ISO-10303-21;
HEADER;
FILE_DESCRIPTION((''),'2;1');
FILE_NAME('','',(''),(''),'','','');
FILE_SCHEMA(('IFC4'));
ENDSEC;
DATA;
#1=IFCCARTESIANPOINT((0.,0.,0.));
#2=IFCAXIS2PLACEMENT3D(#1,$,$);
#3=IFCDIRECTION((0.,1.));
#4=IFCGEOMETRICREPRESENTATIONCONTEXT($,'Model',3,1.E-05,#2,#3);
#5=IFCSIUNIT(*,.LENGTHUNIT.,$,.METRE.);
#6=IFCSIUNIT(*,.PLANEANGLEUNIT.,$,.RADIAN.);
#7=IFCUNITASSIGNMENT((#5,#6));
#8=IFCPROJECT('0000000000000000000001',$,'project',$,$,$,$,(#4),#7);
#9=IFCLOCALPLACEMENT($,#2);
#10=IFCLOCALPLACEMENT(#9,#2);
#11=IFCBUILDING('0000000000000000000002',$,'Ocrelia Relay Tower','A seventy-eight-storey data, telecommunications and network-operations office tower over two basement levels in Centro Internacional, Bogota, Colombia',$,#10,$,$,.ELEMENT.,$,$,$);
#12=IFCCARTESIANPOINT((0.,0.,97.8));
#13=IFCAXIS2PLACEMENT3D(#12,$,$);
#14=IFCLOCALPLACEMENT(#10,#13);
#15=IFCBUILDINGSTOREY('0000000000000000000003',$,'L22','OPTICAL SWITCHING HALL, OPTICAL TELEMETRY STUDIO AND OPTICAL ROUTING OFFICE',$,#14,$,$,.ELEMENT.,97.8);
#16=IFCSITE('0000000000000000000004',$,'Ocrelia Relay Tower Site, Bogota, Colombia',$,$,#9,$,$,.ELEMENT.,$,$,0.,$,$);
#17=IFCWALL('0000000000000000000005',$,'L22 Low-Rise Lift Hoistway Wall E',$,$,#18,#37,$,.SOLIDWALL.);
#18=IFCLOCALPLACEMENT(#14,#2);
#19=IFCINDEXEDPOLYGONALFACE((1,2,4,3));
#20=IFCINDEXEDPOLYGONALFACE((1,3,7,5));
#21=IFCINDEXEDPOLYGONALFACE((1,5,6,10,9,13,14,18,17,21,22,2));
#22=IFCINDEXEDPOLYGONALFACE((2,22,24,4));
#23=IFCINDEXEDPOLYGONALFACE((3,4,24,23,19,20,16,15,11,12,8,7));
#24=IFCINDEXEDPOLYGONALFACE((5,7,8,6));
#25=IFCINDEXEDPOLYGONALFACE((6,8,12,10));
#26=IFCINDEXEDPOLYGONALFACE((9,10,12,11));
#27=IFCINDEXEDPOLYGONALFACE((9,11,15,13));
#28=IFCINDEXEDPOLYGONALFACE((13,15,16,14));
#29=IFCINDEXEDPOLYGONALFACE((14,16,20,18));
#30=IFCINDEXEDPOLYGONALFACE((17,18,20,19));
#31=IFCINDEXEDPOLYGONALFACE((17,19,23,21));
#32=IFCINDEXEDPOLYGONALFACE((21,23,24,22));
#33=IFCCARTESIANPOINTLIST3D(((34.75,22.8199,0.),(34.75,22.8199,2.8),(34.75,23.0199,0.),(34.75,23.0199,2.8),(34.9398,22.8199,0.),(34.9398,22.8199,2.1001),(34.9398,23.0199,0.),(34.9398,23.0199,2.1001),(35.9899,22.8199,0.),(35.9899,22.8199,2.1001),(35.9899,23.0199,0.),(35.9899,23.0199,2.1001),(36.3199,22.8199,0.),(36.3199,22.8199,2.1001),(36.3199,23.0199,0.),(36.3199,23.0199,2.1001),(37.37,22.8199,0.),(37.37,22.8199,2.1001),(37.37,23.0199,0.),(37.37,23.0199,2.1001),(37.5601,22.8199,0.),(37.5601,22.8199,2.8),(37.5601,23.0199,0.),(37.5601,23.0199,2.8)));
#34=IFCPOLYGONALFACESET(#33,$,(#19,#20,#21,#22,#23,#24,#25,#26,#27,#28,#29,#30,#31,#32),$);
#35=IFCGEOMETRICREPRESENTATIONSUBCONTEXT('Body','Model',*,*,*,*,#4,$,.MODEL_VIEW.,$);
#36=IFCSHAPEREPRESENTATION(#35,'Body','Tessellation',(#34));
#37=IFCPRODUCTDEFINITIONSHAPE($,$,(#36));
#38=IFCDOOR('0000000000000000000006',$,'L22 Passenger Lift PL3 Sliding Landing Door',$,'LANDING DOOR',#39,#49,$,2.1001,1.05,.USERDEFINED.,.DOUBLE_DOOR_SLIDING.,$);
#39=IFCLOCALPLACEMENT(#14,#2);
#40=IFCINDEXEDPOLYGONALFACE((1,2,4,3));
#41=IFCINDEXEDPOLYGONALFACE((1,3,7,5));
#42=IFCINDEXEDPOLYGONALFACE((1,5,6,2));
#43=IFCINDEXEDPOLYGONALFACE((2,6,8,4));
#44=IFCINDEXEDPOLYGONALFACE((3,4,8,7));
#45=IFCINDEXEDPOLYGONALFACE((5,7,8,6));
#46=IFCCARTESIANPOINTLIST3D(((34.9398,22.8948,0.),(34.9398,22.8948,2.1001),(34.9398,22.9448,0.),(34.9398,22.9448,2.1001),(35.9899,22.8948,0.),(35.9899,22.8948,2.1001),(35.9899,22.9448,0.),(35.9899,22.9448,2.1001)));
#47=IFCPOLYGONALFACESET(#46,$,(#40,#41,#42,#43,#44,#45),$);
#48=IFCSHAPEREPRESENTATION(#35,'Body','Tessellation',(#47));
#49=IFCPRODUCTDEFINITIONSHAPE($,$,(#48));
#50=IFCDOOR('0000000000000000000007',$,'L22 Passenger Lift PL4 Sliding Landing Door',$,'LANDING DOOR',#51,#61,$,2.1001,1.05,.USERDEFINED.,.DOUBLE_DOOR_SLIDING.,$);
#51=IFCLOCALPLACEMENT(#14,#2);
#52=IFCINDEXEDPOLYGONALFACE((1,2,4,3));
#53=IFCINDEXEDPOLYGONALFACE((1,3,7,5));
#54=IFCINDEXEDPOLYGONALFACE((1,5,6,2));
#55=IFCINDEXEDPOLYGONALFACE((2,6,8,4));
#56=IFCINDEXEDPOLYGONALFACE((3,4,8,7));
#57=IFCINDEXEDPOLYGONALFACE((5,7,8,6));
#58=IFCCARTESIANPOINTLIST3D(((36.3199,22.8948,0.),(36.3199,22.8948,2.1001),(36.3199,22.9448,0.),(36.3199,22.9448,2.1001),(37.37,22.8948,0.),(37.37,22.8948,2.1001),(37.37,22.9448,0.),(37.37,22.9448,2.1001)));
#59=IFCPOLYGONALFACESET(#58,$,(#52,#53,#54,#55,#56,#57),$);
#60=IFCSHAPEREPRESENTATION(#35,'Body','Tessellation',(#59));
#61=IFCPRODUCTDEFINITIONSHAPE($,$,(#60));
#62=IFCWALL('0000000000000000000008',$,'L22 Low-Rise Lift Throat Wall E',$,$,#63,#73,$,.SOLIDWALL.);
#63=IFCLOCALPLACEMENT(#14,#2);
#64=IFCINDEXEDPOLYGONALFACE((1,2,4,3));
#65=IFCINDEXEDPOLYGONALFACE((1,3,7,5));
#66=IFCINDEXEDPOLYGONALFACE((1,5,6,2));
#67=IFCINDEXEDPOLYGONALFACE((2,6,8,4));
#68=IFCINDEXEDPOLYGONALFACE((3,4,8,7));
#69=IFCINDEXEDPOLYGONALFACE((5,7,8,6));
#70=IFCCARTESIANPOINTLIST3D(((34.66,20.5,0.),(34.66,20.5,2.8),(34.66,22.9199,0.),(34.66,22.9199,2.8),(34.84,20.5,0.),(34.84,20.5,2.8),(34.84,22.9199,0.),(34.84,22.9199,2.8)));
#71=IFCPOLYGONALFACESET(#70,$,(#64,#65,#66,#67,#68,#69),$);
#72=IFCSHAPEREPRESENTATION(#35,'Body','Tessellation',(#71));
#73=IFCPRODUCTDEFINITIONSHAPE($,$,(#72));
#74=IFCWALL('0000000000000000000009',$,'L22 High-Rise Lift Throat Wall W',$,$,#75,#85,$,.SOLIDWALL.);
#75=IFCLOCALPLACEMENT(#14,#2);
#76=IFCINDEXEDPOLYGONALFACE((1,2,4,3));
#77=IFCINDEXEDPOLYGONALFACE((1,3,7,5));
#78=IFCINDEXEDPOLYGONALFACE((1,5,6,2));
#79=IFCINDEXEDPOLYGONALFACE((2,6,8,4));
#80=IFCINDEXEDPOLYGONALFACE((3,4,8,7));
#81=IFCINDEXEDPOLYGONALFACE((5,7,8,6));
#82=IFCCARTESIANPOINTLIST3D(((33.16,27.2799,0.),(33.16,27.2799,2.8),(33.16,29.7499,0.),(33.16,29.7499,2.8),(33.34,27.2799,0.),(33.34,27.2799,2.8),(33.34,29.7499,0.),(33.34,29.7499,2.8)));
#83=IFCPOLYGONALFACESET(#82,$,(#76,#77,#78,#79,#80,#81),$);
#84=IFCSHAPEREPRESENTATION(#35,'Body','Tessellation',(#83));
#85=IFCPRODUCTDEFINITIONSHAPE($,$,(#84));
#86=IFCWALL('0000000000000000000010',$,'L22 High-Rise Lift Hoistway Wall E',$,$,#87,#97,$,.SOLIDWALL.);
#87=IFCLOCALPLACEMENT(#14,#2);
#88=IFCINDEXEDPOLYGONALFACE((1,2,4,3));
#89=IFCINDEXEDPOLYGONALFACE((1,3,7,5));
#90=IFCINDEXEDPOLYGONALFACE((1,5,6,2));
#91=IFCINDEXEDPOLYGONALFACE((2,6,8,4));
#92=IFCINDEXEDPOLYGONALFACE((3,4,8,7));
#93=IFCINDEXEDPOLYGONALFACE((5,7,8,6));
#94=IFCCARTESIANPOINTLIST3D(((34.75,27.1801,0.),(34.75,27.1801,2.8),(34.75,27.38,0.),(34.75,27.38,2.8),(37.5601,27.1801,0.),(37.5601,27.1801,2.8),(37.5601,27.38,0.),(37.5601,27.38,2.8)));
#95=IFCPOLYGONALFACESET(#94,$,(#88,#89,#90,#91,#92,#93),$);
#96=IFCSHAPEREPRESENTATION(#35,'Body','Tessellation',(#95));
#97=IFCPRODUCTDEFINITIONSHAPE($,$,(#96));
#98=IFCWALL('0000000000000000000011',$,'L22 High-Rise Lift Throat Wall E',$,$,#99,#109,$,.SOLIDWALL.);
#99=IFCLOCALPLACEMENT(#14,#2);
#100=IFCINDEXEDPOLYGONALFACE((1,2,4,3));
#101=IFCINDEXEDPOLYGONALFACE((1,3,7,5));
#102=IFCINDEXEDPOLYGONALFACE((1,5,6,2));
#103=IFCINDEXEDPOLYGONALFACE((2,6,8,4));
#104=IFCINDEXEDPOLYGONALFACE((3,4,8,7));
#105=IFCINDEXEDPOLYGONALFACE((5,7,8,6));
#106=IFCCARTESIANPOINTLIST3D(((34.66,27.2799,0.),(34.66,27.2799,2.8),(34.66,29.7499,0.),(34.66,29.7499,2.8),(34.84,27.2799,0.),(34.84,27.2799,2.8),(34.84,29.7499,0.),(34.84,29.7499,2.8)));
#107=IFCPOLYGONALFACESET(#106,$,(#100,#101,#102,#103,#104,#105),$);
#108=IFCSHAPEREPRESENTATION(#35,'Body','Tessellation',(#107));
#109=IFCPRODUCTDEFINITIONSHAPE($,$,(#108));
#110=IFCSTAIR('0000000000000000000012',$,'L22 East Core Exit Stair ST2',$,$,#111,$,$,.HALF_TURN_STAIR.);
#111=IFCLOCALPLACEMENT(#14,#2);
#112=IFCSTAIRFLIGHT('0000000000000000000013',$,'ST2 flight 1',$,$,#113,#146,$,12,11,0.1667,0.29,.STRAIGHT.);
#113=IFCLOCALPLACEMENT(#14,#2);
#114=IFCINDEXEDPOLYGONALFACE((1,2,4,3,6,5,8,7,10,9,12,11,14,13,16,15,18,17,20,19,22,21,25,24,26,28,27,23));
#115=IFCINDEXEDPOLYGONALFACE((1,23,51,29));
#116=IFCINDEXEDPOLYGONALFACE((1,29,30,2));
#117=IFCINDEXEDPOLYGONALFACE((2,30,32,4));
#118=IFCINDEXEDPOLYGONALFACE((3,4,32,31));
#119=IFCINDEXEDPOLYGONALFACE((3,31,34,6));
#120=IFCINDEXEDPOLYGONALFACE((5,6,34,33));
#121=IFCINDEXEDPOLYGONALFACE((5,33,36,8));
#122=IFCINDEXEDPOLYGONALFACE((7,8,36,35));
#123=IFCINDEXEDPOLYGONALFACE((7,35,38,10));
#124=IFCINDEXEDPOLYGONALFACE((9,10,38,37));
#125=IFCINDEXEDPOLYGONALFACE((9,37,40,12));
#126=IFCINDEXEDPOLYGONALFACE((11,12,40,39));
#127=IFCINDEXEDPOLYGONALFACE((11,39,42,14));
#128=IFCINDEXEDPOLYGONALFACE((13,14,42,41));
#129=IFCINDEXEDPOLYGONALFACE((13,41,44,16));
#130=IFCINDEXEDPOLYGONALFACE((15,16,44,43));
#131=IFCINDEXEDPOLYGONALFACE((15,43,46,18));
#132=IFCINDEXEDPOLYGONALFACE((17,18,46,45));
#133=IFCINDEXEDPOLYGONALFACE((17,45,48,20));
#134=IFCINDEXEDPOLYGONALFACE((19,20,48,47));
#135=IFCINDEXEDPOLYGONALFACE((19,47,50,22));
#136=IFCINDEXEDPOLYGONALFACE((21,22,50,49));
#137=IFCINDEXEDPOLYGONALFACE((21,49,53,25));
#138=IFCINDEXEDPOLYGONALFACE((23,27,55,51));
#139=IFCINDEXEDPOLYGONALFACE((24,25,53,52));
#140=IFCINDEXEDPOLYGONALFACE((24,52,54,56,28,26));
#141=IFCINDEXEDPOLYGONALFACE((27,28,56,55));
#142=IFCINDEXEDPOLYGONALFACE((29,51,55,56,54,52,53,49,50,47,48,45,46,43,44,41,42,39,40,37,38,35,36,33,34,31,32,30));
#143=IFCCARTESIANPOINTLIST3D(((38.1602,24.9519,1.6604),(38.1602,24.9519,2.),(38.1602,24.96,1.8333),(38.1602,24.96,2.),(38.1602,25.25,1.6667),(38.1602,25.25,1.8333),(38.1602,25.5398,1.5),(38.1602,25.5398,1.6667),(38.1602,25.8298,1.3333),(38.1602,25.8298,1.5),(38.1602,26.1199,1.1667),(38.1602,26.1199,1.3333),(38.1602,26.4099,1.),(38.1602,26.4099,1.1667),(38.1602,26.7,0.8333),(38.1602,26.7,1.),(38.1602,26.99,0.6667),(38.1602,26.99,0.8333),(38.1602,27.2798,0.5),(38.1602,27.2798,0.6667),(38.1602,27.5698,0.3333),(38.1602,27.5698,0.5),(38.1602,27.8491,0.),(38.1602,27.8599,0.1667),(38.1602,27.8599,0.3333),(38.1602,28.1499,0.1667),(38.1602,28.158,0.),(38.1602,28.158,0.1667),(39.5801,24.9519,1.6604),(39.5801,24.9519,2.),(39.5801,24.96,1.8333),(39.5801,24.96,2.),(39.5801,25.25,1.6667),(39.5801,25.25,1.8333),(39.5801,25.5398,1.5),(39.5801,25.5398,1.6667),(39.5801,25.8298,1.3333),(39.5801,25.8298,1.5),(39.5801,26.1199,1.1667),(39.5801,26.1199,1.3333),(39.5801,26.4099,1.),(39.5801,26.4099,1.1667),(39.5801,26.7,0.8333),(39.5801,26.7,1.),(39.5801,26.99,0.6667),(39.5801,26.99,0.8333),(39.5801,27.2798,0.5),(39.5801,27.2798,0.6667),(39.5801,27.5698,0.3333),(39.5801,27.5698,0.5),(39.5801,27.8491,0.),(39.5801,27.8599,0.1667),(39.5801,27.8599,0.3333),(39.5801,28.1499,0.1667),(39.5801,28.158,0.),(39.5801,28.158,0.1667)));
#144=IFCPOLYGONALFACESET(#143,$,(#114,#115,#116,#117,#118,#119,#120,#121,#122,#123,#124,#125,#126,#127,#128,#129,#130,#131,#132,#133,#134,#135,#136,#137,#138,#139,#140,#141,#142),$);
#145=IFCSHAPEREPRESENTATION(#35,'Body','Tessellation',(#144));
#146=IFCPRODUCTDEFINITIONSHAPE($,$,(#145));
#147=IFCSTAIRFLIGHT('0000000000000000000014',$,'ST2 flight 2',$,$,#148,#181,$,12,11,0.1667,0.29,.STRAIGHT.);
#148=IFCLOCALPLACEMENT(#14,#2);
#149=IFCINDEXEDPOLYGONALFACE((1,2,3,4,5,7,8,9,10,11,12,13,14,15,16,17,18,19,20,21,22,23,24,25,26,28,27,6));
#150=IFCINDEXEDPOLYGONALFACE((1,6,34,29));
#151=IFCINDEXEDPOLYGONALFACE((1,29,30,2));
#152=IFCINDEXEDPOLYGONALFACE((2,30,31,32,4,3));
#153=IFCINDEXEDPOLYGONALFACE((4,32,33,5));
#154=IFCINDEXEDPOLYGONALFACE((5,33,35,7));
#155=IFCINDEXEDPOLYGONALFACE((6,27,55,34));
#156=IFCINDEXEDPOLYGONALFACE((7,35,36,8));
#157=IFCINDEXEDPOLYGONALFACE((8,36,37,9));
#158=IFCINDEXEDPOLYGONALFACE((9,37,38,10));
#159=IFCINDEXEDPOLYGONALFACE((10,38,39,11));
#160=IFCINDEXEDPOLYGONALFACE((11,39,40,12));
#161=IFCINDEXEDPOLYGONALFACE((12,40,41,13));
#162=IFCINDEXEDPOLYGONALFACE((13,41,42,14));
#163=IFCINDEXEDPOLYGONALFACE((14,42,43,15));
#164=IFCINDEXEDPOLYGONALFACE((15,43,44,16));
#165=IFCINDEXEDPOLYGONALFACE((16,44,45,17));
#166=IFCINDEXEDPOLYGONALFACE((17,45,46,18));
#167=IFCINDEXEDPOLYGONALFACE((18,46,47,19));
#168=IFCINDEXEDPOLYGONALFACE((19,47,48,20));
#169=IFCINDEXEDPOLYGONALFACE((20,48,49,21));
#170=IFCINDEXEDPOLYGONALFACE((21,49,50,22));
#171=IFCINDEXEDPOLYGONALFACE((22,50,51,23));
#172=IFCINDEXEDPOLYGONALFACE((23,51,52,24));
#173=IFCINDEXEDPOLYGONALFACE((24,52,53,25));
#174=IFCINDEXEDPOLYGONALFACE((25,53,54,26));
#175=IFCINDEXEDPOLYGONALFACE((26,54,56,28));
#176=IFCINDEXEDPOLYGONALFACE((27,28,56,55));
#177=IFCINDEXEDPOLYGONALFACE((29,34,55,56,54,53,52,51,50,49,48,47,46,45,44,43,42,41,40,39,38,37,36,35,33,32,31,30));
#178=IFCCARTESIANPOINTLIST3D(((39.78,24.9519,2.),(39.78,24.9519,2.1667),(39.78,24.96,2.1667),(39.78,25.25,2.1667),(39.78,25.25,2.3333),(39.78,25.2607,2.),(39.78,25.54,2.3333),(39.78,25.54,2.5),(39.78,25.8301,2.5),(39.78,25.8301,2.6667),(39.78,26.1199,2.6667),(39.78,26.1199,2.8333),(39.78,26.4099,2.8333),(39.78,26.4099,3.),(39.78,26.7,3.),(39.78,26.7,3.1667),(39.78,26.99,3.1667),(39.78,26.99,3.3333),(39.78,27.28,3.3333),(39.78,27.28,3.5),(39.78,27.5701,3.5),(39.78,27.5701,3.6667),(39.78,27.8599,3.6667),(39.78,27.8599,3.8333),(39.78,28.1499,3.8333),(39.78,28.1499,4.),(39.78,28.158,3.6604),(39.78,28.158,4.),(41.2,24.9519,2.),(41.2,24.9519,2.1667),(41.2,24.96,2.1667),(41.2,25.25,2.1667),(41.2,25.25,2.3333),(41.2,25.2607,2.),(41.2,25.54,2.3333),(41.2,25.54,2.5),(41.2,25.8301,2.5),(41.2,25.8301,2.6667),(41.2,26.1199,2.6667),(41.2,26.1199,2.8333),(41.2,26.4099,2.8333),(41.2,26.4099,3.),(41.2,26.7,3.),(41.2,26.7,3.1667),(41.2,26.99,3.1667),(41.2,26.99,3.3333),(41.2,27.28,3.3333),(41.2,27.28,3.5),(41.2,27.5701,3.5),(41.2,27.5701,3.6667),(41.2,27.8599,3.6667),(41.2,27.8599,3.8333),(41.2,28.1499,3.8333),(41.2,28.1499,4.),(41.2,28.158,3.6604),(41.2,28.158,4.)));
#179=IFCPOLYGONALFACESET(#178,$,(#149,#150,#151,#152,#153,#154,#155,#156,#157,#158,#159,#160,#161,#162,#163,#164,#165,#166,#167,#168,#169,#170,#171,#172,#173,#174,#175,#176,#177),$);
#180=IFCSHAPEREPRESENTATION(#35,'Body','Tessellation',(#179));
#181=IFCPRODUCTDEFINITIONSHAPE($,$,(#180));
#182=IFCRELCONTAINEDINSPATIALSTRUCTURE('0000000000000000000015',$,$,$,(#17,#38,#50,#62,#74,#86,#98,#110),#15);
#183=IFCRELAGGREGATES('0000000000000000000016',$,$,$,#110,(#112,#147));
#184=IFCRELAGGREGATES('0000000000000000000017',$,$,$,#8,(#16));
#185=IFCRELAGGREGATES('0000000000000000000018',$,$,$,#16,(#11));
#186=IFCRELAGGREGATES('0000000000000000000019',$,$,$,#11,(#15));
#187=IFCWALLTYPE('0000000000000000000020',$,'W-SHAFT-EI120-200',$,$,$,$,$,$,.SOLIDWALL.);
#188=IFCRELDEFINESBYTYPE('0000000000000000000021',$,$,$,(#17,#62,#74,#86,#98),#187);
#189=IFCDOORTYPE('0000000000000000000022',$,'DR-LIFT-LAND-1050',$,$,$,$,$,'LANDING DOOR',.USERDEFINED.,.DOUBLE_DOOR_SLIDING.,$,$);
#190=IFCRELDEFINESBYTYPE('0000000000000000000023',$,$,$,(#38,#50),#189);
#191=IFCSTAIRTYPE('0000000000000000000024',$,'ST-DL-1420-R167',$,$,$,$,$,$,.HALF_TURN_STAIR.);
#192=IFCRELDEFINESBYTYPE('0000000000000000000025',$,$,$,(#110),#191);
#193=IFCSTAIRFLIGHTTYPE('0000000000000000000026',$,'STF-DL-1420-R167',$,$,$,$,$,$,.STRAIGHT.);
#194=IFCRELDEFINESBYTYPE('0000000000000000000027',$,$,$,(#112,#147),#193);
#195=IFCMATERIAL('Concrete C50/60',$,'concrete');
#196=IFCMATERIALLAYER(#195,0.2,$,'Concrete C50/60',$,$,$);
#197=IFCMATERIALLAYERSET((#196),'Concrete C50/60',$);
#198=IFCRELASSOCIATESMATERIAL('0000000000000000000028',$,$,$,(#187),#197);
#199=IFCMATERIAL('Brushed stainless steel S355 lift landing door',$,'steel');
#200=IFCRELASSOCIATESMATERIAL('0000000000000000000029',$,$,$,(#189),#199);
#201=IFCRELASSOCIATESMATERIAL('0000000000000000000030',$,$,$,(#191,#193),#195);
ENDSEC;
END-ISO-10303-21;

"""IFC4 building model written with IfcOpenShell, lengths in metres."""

from ifc_helpers import new_model, si_unit, direction, frame, frame_2d, origin, place, context, subcontext, project, spatial, polyline, rectangle, outline, extrude, material, layer, layer_set, type_object, element, fill, aggregate, save


model = new_model("IFC4")

# Units and contexts
model_context = context("Model", 3, precision=1e-05, world=origin(), true_north=direction((0.0, 1.0)))
body_context = subcontext(model_context, "Body", "Model", "MODEL_VIEW")
ifc_project = project(units=[si_unit("LENGTHUNIT", "METRE"), si_unit("PLANEANGLEUNIT", "RADIAN")], contexts=[model_context])

# Site, building, storey
site_placement = place(None, origin())
site = spatial("IfcSite", under=ifc_project, at=site_placement, Name="Ocrelia Relay Tower Site, Bogota, Colombia", CompositionType="ELEMENT", RefElevation=0.0)
building_placement = place(site_placement, origin())
building = spatial("IfcBuilding", under=site, at=building_placement, Name="Ocrelia Relay Tower", Description="A seventy-eight-storey data, telecommunications and network-operations office tower over two basement levels in Centro Internacional, Bogota, Colombia", CompositionType="ELEMENT")
storey_placement = place(building_placement, frame((0.0, 0.0, 97.8)))
storey = spatial("IfcBuildingStorey", under=building, at=storey_placement, Name="L22", Description="OPTICAL SWITCHING HALL, OPTICAL TELEMETRY STUDIO AND OPTICAL ROUTING OFFICE", CompositionType="ELEMENT", Elevation=97.8)

# Shared definitions
ifc_material_1 = material(Name="Concrete C50/60", Category="concrete")
ifc_layer_1 = layer(ifc_material_1, 0.2, Name="Concrete C50/60")
ifc_layer_set_1 = layer_set([ifc_layer_1], Name="Concrete C50/60")
wall_type_1 = type_object("IfcWallType", Name="W-SHAFT-EI120-200", PredefinedType="SOLIDWALL", material=ifc_layer_set_1)

# Wall, openings, doors
wall_1_placement = place(storey_placement, frame((34.75, 22.9199, 0.0), z_axis=(0.0, 0.0, 1.0), x_axis=(1.0, 0.0, 0.0)))
wall_1 = element("IfcWall", 1, at=wall_1_placement, inside=storey, type_object=wall_type_1, Name="L22 Low-Rise Lift Hoistway Wall E", PredefinedType="SOLIDWALL", context=body_context, shape_type="SweptSolid", body=[
    extrude(rectangle(XDim=2.8101, YDim=0.2, at=frame_2d((1.405, 0.0))), origin(), (0.0, 0.0, 1.0), 2.8),
])
opening_1_placement = place(wall_1_placement, frame((0.1899, 0.0, 0.0)))
opening_1 = element("IfcOpeningElement", 2, at=opening_1_placement, cuts=wall_1, PredefinedType="OPENING", context=body_context, shape_type="SweptSolid", body=[
    extrude(rectangle(XDim=1.05, YDim=2.1001, at=frame_2d((0.5249, 1.05))), frame((0.0, 0.1099, 0.0), z_axis=(0.0, -1.0, 0.0), x_axis=(1.0, 0.0, 0.0)), (0.0, 0.0, 1.0), 0.22),
])
opening_2_placement = place(wall_1_placement, frame((1.5701, 0.0, 0.0)))
opening_2 = element("IfcOpeningElement", 3, at=opening_2_placement, cuts=wall_1, PredefinedType="OPENING", context=body_context, shape_type="SweptSolid", body=[
    extrude(rectangle(XDim=1.05, YDim=2.1001, at=frame_2d((0.5249, 1.05))), frame((0.0, 0.1099, 0.0), z_axis=(0.0, -1.0, 0.0), x_axis=(1.0, 0.0, 0.0)), (0.0, 0.0, 1.0), 0.22),
])
ifc_material_2 = material(Name="Brushed stainless steel S355 lift landing door", Category="steel")
door_type = type_object("IfcDoorType", Name="DR-LIFT-LAND-1050", ElementType="LANDING DOOR", OperationType="DOUBLE_DOOR_SLIDING", PredefinedType="USERDEFINED", material=ifc_material_2)
door_1_placement = place(opening_1_placement, origin())
door_1 = element("IfcDoor", 4, at=door_1_placement, inside=storey, type_object=door_type, Name="L22 Passenger Lift PL3 Sliding Landing Door", ObjectType="LANDING DOOR", OperationType="DOUBLE_DOOR_SLIDING", OverallHeight=2.1001, OverallWidth=1.05, PredefinedType="USERDEFINED", context=body_context, shape_type="SweptSolid", body=[
    extrude(rectangle(XDim=1.05, YDim=2.1001, at=frame_2d((0.5249, 1.05))), frame((0.0, 0.0249, 0.0), z_axis=(0.0, -1.0, 0.0), x_axis=(1.0, 0.0, 0.0)), (0.0, 0.0, 1.0), 0.05),
])
fill(opening_1, door_1)
door_2_placement = place(opening_2_placement, origin())
door_2 = element("IfcDoor", 5, at=door_2_placement, inside=storey, type_object=door_type, Name="L22 Passenger Lift PL4 Sliding Landing Door", ObjectType="LANDING DOOR", OperationType="DOUBLE_DOOR_SLIDING", OverallHeight=2.1001, OverallWidth=1.05, PredefinedType="USERDEFINED", context=body_context, shape_type="SweptSolid", body=[
    extrude(rectangle(XDim=1.05, YDim=2.1001, at=frame_2d((0.5249, 1.05))), frame((0.0, 0.0249, 0.0), z_axis=(0.0, -1.0, 0.0), x_axis=(1.0, 0.0, 0.0)), (0.0, 0.0, 1.0), 0.05),
])
fill(opening_2, door_2)

# Walls
wall_2_placement = place(storey_placement, frame((34.75, 20.5, 0.0), z_axis=(0.0, 0.0, 1.0), x_axis=(0.0, 1.0, 0.0)))
element("IfcWall", 6, at=wall_2_placement, inside=storey, type_object=wall_type_1, Name="L22 Low-Rise Lift Throat Wall E", PredefinedType="SOLIDWALL", context=body_context, shape_type="SweptSolid", body=[
    extrude(rectangle(XDim=2.4199, YDim=0.1799, at=frame_2d((1.21, 0.0))), origin(), (0.0, 0.0, 1.0), 2.8),
])
wall_3_placement = place(storey_placement, frame((33.25, 27.28, 0.0), z_axis=(0.0, 0.0, 1.0), x_axis=(0.0, 1.0, 0.0)))
element("IfcWall", 7, at=wall_3_placement, inside=storey, type_object=wall_type_1, Name="L22 High-Rise Lift Throat Wall W", PredefinedType="SOLIDWALL", context=body_context, shape_type="SweptSolid", body=[
    extrude(rectangle(XDim=2.47, YDim=0.1799, at=frame_2d((1.2349, 0.0))), origin(), (0.0, 0.0, 1.0), 2.8),
])
wall_4_placement = place(storey_placement, frame((34.75, 27.28, 0.0), z_axis=(0.0, 0.0, 1.0), x_axis=(1.0, 0.0, 0.0)))
element("IfcWall", 8, at=wall_4_placement, inside=storey, type_object=wall_type_1, Name="L22 High-Rise Lift Hoistway Wall E", PredefinedType="SOLIDWALL", context=body_context, shape_type="SweptSolid", body=[
    extrude(rectangle(XDim=2.8101, YDim=0.2, at=frame_2d((1.405, 0.0))), origin(), (0.0, 0.0, 1.0), 2.8),
])
wall_5_placement = place(storey_placement, frame((34.75, 27.28, 0.0), z_axis=(0.0, 0.0, 1.0), x_axis=(0.0, 1.0, 0.0)))
element("IfcWall", 9, at=wall_5_placement, inside=storey, type_object=wall_type_1, Name="L22 High-Rise Lift Throat Wall E", PredefinedType="SOLIDWALL", context=body_context, shape_type="SweptSolid", body=[
    extrude(rectangle(XDim=2.47, YDim=0.1799, at=frame_2d((1.2349, 0.0))), origin(), (0.0, 0.0, 1.0), 2.8),
])

# Stair, stair flights
stair_type = type_object("IfcStairType", Name="ST-DL-1420-R167", PredefinedType="HALF_TURN_STAIR", material=ifc_material_1)
stair_placement = place(storey_placement, origin())
stair = element("IfcStair", 10, at=stair_placement, inside=storey, type_object=stair_type, Name="L22 East Core Exit Stair ST2", PredefinedType="HALF_TURN_STAIR")
stair_flight_type = type_object("IfcStairFlightType", Name="STF-DL-1420-R167", PredefinedType="STRAIGHT", material=ifc_material_1)
stair_flight_1_placement = place(storey_placement, frame((38.8701, 28.1499, 0.0), z_axis=(0.0, 0.0, 1.0), x_axis=(0.0, -1.0, 0.0)))
stair_flight_1 = element("IfcStairFlight", 11, at=stair_flight_1_placement, type_object=stair_flight_type, Name="ST2 flight 1", NumberOfRisers=12, NumberOfTreads=11, PredefinedType="STRAIGHT", RiserHeight=0.1667, TreadLength=0.29, context=body_context, shape_type="SweptSolid", body=[
    extrude(outline(polyline([(-0.0081, 0.0), (-0.0081, 0.1667), (0.0, 0.1667), (0.29, 0.1667), (0.29, 0.3333), (0.5801, 0.3333), (0.5801, 0.5), (0.8701, 0.5), (0.8701, 0.6667), (1.1599, 0.6667), (1.1599, 0.8333), (1.45, 0.8333), (1.45, 1.0), (1.74, 1.0), (1.74, 1.1667), (2.03, 1.1667), (2.03, 1.3333), (2.3201, 1.3333), (2.3201, 1.5), (2.6101, 1.5), (2.6101, 1.6667), (2.8999, 1.6667), (2.8999, 1.8333), (3.1899, 1.8333), (3.1899, 2.0), (3.198, 2.0), (3.198, 1.6604), (0.3008, 0.0), (-0.0081, 0.0)])), frame((0.0, 0.71, 0.0), z_axis=(0.0, -1.0, 0.0), x_axis=(1.0, 0.0, 0.0)), (0.0, 0.0, 1.0), 1.4199),
])
stair_flight_2_placement = place(storey_placement, frame((40.49, 24.96, 2.0), z_axis=(0.0, 0.0, 1.0), x_axis=(0.0, 1.0, 0.0)))
stair_flight_2 = element("IfcStairFlight", 12, at=stair_flight_2_placement, type_object=stair_flight_type, Name="ST2 flight 2", NumberOfRisers=12, NumberOfTreads=11, PredefinedType="STRAIGHT", RiserHeight=0.1667, TreadLength=0.29, context=body_context, shape_type="SweptSolid", body=[
    extrude(outline(polyline([(-0.0081, 0.0), (-0.0081, 0.1667), (0.0, 0.1667), (0.29, 0.1667), (0.29, 0.3333), (0.5801, 0.3333), (0.5801, 0.5), (0.8701, 0.5), (0.8701, 0.6667), (1.1599, 0.6667), (1.1599, 0.8333), (1.45, 0.8333), (1.45, 1.0), (1.74, 1.0), (1.74, 1.1667), (2.03, 1.1667), (2.03, 1.3333), (2.3201, 1.3333), (2.3201, 1.5), (2.6101, 1.5), (2.6101, 1.6667), (2.8999, 1.6667), (2.8999, 1.8333), (3.1899, 1.8333), (3.1899, 2.0), (3.198, 2.0), (3.198, 1.6604), (0.3008, 0.0), (-0.0081, 0.0)])), frame((0.0, 0.71, 0.0), z_axis=(0.0, -1.0, 0.0), x_axis=(1.0, 0.0, 0.0)), (0.0, 0.0, 1.0), 1.4199),
])
aggregate(stair, [stair_flight_1, stair_flight_2])

save(model, "model.ifc")
